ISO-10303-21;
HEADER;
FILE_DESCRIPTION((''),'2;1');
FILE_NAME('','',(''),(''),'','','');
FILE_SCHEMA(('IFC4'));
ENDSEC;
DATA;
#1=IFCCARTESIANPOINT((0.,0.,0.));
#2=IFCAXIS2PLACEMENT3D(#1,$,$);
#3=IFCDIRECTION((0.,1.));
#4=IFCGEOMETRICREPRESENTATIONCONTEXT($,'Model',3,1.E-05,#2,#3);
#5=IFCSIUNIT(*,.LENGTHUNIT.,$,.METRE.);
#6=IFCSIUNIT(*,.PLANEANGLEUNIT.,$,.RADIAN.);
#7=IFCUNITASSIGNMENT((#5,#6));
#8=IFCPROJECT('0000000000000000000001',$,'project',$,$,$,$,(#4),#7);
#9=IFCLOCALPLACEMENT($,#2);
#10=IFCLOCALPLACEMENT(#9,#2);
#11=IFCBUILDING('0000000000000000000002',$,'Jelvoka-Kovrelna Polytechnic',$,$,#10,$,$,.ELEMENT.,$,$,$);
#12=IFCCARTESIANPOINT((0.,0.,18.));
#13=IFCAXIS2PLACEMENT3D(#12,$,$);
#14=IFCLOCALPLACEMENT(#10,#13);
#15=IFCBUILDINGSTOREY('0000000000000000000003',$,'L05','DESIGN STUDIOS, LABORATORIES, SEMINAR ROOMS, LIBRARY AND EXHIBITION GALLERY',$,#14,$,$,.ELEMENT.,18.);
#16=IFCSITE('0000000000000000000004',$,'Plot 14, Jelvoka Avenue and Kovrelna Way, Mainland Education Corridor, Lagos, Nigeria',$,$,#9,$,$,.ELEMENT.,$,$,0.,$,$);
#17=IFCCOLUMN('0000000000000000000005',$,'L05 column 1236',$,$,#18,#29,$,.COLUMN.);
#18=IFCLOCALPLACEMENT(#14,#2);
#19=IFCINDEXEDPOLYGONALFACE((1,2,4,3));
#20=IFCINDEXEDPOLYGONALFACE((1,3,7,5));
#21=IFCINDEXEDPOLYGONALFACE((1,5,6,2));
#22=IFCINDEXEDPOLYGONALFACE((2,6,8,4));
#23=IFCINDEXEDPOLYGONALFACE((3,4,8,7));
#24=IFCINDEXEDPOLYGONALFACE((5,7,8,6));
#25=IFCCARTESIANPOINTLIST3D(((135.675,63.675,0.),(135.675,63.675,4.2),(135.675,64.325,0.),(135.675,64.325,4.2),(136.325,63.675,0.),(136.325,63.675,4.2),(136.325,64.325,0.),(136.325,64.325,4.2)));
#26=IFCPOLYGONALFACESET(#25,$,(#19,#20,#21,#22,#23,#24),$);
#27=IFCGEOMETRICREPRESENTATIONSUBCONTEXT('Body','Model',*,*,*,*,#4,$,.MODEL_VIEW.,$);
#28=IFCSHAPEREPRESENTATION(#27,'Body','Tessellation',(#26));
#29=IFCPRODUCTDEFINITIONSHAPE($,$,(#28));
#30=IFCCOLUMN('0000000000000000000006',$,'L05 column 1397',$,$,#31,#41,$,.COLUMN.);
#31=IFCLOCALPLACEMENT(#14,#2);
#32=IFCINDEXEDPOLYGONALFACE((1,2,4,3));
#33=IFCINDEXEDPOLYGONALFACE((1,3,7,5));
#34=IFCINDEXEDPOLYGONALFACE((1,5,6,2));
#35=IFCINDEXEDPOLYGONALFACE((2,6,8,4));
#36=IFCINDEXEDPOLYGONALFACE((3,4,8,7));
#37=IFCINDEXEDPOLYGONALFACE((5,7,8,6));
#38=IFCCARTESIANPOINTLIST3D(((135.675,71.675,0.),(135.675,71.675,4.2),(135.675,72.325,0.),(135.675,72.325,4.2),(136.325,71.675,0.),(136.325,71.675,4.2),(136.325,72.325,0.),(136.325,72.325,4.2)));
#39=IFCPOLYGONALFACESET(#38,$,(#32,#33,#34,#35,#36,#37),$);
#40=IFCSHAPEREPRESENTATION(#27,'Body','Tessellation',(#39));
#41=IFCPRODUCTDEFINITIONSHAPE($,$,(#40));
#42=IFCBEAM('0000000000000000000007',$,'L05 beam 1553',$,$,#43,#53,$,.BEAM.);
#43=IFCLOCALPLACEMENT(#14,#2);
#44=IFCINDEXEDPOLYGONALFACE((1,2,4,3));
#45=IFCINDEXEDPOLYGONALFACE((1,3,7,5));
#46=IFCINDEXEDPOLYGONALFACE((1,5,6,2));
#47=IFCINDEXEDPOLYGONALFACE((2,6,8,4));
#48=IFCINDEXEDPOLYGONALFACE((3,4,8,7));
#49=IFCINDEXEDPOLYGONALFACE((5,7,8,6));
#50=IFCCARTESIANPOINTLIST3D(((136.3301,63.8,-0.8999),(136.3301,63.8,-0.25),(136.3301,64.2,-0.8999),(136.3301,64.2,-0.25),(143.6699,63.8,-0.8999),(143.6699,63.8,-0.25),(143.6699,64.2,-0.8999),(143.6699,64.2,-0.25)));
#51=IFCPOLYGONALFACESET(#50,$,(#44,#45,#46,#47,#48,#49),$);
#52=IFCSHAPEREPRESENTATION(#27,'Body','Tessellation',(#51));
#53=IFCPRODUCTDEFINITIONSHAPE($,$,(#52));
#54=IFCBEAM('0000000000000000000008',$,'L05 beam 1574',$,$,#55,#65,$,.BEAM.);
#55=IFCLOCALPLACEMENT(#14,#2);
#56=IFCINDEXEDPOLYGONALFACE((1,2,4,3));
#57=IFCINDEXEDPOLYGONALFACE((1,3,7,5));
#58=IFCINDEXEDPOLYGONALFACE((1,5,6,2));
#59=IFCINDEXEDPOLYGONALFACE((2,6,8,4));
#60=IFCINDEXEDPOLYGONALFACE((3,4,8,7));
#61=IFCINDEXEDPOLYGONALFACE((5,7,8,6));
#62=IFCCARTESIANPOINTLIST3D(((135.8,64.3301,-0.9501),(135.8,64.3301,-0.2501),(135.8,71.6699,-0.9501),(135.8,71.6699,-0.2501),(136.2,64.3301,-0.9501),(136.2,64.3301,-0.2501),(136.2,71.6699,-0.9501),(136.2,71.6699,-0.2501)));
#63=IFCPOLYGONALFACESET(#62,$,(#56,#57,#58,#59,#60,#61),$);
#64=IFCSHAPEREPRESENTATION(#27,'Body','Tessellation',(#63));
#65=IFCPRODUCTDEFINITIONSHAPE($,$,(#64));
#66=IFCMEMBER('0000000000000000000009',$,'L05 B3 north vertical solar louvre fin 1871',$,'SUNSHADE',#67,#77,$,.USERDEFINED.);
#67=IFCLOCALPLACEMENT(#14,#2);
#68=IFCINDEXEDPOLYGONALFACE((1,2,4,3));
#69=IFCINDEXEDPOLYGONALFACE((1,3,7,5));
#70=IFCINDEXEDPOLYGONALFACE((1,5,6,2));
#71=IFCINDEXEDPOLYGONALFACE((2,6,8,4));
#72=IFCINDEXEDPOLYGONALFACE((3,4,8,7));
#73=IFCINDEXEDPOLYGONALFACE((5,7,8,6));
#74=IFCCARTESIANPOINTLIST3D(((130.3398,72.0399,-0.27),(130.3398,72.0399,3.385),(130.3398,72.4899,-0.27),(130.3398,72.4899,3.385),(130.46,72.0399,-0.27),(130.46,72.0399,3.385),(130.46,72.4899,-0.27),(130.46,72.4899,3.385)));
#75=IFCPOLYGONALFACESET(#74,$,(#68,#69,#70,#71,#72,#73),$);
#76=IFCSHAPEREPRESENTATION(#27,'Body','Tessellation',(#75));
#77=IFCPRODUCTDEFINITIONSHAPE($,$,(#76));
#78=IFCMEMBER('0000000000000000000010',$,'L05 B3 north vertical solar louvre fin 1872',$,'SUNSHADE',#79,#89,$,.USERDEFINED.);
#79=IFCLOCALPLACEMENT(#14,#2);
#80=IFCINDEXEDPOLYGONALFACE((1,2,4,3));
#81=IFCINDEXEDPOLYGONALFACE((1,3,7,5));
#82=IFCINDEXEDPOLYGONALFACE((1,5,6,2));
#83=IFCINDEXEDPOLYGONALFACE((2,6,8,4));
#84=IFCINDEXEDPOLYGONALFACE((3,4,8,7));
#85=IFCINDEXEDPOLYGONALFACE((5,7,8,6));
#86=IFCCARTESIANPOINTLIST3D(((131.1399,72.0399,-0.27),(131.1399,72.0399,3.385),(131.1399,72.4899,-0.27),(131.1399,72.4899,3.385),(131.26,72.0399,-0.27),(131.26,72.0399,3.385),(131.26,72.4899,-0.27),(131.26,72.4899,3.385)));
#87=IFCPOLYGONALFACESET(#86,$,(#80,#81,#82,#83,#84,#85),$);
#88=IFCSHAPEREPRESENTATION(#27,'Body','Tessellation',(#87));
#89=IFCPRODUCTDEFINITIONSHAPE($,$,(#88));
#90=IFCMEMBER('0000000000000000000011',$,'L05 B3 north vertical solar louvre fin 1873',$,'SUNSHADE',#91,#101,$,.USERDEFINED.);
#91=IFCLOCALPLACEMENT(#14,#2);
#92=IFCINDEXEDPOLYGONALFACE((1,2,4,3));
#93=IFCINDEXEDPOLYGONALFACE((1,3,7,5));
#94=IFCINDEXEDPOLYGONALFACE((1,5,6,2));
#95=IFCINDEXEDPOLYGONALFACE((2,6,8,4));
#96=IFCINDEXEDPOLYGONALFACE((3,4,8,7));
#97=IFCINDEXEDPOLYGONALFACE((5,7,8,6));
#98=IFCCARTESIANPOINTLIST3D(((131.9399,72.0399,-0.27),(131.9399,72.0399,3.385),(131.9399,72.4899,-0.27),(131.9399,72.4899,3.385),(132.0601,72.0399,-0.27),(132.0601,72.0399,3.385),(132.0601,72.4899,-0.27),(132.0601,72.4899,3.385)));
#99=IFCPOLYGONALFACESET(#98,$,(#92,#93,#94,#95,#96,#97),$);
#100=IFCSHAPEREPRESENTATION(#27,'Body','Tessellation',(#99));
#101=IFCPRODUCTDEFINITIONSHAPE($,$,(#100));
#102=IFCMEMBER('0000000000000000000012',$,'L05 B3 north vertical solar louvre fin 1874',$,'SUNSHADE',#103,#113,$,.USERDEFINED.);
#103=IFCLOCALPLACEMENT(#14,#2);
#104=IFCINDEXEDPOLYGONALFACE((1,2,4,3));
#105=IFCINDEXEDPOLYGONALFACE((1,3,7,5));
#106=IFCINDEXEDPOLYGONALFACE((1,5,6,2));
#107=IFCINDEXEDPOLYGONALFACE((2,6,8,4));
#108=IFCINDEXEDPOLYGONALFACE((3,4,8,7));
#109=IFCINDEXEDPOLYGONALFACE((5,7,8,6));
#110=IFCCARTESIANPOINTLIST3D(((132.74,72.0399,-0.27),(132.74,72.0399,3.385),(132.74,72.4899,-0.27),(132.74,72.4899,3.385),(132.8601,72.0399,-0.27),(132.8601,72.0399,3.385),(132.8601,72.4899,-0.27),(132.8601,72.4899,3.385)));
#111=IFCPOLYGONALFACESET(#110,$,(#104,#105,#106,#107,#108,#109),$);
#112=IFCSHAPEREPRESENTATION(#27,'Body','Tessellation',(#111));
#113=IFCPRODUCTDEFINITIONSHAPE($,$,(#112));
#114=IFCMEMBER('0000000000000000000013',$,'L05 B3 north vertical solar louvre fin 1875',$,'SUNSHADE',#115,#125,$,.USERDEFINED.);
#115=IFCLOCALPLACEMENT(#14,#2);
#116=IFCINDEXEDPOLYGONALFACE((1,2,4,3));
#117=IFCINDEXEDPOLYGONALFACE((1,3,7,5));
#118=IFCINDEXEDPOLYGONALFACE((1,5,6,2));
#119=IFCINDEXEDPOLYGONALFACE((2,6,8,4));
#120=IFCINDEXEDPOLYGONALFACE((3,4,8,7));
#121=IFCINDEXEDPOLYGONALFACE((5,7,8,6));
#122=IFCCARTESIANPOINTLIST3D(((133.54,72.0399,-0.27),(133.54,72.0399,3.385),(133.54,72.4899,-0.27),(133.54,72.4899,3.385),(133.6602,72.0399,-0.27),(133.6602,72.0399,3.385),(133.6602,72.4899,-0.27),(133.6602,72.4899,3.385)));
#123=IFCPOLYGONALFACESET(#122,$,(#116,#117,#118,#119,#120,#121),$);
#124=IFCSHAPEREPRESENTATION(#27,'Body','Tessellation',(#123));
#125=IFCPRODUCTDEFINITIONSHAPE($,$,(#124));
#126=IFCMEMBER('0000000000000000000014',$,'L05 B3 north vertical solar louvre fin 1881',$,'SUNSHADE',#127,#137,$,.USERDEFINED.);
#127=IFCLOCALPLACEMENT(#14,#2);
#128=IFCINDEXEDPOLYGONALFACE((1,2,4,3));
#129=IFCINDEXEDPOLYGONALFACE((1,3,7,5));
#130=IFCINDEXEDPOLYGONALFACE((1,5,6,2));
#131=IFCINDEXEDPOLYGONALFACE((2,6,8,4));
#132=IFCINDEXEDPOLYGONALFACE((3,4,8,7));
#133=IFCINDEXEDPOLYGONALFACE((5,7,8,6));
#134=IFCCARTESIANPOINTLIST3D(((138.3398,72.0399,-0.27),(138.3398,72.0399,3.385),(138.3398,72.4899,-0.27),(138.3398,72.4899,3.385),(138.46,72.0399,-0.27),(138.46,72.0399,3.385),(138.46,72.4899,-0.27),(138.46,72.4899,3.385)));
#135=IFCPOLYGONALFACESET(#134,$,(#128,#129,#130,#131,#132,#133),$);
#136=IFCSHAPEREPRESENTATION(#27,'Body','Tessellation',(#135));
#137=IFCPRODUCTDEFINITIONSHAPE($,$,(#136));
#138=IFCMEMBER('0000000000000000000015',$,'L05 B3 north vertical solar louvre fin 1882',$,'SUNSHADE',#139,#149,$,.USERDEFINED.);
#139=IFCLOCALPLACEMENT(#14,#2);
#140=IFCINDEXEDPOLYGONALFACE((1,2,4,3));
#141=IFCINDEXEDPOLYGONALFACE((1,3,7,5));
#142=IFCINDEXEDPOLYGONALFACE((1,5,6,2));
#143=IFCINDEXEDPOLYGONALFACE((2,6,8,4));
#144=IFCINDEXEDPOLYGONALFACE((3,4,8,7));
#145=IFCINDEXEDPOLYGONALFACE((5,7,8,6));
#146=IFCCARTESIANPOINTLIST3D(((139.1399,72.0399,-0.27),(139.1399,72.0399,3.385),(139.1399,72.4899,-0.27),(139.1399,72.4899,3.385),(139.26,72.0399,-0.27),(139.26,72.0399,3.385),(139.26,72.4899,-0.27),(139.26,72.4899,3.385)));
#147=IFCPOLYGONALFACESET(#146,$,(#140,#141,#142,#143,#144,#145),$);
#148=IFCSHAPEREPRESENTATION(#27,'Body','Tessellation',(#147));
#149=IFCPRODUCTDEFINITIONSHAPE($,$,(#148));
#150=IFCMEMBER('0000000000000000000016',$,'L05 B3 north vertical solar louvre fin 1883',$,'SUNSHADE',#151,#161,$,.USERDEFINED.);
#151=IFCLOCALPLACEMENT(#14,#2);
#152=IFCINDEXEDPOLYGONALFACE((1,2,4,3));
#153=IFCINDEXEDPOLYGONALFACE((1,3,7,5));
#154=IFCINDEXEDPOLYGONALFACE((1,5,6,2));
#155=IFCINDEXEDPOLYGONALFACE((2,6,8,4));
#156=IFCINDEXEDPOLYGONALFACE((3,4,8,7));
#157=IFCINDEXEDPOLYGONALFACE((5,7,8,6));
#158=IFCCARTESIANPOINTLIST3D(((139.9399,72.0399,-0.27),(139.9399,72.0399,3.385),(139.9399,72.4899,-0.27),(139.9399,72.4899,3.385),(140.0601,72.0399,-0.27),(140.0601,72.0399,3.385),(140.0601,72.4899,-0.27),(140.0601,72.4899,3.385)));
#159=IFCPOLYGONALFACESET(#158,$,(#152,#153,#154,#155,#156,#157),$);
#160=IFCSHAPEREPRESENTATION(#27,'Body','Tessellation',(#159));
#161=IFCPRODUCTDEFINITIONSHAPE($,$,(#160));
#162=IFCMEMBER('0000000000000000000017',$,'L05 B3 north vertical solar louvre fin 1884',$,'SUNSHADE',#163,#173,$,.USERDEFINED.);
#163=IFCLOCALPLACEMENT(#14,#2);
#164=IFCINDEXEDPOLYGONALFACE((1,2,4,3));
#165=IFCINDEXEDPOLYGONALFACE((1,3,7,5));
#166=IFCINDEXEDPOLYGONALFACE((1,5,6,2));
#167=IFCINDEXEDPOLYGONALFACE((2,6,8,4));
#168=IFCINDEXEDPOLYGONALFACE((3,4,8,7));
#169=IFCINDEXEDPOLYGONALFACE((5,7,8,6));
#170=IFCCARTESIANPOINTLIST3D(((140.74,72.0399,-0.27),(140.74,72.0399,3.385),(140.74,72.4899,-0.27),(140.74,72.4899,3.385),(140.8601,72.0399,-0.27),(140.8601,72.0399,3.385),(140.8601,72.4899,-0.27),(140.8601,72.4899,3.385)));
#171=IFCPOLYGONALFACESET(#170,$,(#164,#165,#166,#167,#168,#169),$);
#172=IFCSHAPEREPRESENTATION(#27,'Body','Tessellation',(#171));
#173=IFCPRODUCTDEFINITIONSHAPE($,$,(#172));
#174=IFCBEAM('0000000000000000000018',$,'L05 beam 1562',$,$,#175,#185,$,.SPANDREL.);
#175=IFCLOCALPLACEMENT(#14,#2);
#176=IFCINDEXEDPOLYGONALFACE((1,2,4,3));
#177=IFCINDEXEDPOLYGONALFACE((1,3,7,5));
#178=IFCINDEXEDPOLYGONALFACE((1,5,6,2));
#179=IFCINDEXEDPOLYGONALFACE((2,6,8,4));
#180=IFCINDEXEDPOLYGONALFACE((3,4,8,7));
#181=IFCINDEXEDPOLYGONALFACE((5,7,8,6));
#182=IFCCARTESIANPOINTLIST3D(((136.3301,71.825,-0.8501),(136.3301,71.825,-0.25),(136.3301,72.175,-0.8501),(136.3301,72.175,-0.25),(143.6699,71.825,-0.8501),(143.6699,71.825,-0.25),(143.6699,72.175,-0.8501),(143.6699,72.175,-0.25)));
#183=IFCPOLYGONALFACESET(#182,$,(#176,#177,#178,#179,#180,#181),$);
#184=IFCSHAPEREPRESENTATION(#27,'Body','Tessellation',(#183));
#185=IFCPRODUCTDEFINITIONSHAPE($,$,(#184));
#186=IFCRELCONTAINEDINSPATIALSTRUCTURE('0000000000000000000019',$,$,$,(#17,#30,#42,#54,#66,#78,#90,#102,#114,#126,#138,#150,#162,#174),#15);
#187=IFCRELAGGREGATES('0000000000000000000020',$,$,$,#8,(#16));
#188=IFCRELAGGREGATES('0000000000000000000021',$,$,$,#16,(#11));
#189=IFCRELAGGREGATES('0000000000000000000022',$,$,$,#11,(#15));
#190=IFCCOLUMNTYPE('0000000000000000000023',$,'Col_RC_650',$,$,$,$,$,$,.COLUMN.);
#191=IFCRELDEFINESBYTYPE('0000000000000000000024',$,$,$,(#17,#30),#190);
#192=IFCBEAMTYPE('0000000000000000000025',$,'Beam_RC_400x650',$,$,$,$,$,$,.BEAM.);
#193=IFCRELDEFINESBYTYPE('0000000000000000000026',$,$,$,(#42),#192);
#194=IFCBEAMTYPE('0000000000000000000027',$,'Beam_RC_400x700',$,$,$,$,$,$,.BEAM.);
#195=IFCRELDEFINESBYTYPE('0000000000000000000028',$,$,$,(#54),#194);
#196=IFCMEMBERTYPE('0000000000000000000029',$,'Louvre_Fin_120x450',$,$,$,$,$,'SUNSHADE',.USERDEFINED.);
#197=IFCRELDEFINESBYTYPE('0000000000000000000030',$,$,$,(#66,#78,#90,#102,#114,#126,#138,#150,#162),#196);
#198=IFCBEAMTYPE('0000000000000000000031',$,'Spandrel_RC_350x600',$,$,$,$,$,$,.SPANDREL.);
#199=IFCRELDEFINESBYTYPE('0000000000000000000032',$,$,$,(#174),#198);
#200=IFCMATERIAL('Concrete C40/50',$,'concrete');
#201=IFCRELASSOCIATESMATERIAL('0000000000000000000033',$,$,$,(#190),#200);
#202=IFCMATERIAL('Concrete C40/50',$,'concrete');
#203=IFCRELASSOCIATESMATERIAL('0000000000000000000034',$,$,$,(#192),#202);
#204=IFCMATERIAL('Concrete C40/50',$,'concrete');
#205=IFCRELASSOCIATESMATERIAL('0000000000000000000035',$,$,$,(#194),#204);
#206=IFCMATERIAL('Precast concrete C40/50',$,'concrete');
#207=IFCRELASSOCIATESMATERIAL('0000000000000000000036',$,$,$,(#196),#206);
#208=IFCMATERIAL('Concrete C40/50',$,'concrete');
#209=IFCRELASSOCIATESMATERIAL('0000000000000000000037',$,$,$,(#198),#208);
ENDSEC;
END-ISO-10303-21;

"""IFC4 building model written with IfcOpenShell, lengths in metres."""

from ifc_helpers import new_model, si_unit, direction, frame, origin, origin_2d, place, context, subcontext, project, spatial, rectangle, extrude, material, material_profile, profile_set, type_object, element, save


model = new_model("IFC4")

# Units and contexts
model_context = context("Model", 3, precision=1e-05, world=origin(), true_north=direction((0.0, 1.0)))
body_context = subcontext(model_context, "Body", "Model", "MODEL_VIEW")
ifc_project = project(units=[si_unit("LENGTHUNIT", "METRE"), si_unit("PLANEANGLEUNIT", "RADIAN")], contexts=[model_context])

# Site, building, storey
site_placement = place(None, origin())
site = spatial("IfcSite", under=ifc_project, at=site_placement, Name="Plot 14, Jelvoka Avenue and Kovrelna Way, Mainland Education Corridor, Lagos, Nigeria", CompositionType="ELEMENT", RefElevation=0.0)
building_placement = place(site_placement, origin())
building = spatial("IfcBuilding", under=site, at=building_placement, Name="Jelvoka-Kovrelna Polytechnic", CompositionType="ELEMENT")
storey_placement = place(building_placement, frame((0.0, 0.0, 18.0)))
storey = spatial("IfcBuildingStorey", under=building, at=storey_placement, Name="L05", Description="DESIGN STUDIOS, LABORATORIES, SEMINAR ROOMS, LIBRARY AND EXHIBITION GALLERY", CompositionType="ELEMENT", Elevation=18.0)

# Columns
ifc_material_1 = material(Name="Concrete C40/50", Category="concrete")
ifc_material_profile_1 = material_profile(ifc_material_1, rectangle(XDim=0.6499, YDim=0.6499, at=origin_2d()), Name="RC 650x650")
ifc_profile_set_1 = profile_set([ifc_material_profile_1], Name="Concrete C40/50")
column_type = type_object("IfcColumnType", Name="Col_RC_650", PredefinedType="COLUMN", material=ifc_profile_set_1)
for number, where, z_axis, x_axis, name in (
    (1, (136.0, 64.0, 0.0), (0.0, 0.0, 1.0), (1.0, 0.0, 0.0), "L05 column 1236"),
    (2, (136.0, 72.0, 0.0), (0.0, 0.0, 1.0), (1.0, 0.0, 0.0), "L05 column 1397"),
):
    element("IfcColumn", number, at=place(storey_placement, frame(where, z_axis=z_axis, x_axis=x_axis)), inside=storey, type_object=column_type, Name=name, PredefinedType="COLUMN", context=body_context, shape_type="SweptSolid", body=[
        extrude(rectangle(XDim=0.6499, YDim=0.6499, at=origin_2d()), origin(), (0.0, 0.0, 1.0), 4.2),
    ])

# Beams
ifc_material_2 = material(Name="Concrete C40/50", Category="concrete")
ifc_material_profile_2 = material_profile(ifc_material_2, rectangle(XDim=0.3999, YDim=0.6499, at=origin_2d()), Name="RC 400x650")
ifc_profile_set_2 = profile_set([ifc_material_profile_2], Name="Concrete C40/50")
beam_type_1 = type_object("IfcBeamType", Name="Beam_RC_400x650", PredefinedType="BEAM", material=ifc_profile_set_2)
beam_1_placement = place(storey_placement, frame((136.3301, 64.0, -0.575), z_axis=(1.0, 0.0, 0.0), x_axis=(0.0, 1.0, 0.0)))
element("IfcBeam", 3, at=beam_1_placement, inside=storey, type_object=beam_type_1, Name="L05 beam 1553", PredefinedType="BEAM", context=body_context, shape_type="SweptSolid", body=[
    extrude(rectangle(XDim=0.3999, YDim=0.6499, at=origin_2d()), origin(), (0.0, 0.0, 1.0), 7.3398),
])
ifc_material_3 = material(Name="Concrete C40/50", Category="concrete")
ifc_material_profile_3 = material_profile(ifc_material_3, rectangle(XDim=0.3999, YDim=0.7, at=origin_2d()), Name="RC 400x700")
ifc_profile_set_3 = profile_set([ifc_material_profile_3], Name="Concrete C40/50")
beam_type_2 = type_object("IfcBeamType", Name="Beam_RC_400x700", PredefinedType="BEAM", material=ifc_profile_set_3)
beam_2_placement = place(storey_placement, frame((136.0, 64.3301, -0.6001), z_axis=(0.0, 1.0, 0.0), x_axis=(-1.0, 0.0, 0.0)))
element("IfcBeam", 4, at=beam_2_placement, inside=storey, type_object=beam_type_2, Name="L05 beam 1574", PredefinedType="BEAM", context=body_context, shape_type="SweptSolid", body=[
    extrude(rectangle(XDim=0.3999, YDim=0.7, at=origin_2d()), origin(), (0.0, 0.0, 1.0), 7.3398),
])

# Members
ifc_material_4 = material(Name="Precast concrete C40/50", Category="concrete")
ifc_material_profile_4 = material_profile(ifc_material_4, rectangle(XDim=0.1201, YDim=0.45, at=origin_2d()), Name="PC 120x450")
ifc_profile_set_4 = profile_set([ifc_material_profile_4], Name="Precast concrete C40/50")
member_type = type_object("IfcMemberType", Name="Louvre_Fin_120x450", ElementType="SUNSHADE", PredefinedType="USERDEFINED", material=ifc_profile_set_4)
for number, where, z_axis, x_axis, name in (
    (5, (130.3999, 72.2649, -0.27), (0.0, 0.0, 1.0), (1.0, 0.0, 0.0), "L05 B3 north vertical solar louvre fin 1871"),
    (6, (131.2, 72.2649, -0.27), (0.0, 0.0, 1.0), (1.0, 0.0, 0.0), "L05 B3 north vertical solar louvre fin 1872"),
    (7, (132.0, 72.2649, -0.27), (0.0, 0.0, 1.0), (1.0, 0.0, 0.0), "L05 B3 north vertical solar louvre fin 1873"),
    (8, (132.8, 72.2649, -0.27), (0.0, 0.0, 1.0), (1.0, 0.0, 0.0), "L05 B3 north vertical solar louvre fin 1874"),
    (9, (133.6001, 72.2649, -0.27), (0.0, 0.0, 1.0), (1.0, 0.0, 0.0), "L05 B3 north vertical solar louvre fin 1875"),
    (10, (138.3999, 72.2649, -0.27), (0.0, 0.0, 1.0), (1.0, 0.0, 0.0), "L05 B3 north vertical solar louvre fin 1881"),
    (11, (139.2, 72.2649, -0.27), (0.0, 0.0, 1.0), (1.0, 0.0, 0.0), "L05 B3 north vertical solar louvre fin 1882"),
    (12, (140.0, 72.2649, -0.27), (0.0, 0.0, 1.0), (1.0, 0.0, 0.0), "L05 B3 north vertical solar louvre fin 1883"),
    (13, (140.8, 72.2649, -0.27), (0.0, 0.0, 1.0), (1.0, 0.0, 0.0), "L05 B3 north vertical solar louvre fin 1884"),
):
    element("IfcMember", number, at=place(storey_placement, frame(where, z_axis=z_axis, x_axis=x_axis)), inside=storey, type_object=member_type, Name=name, ObjectType="SUNSHADE", PredefinedType="USERDEFINED", context=body_context, shape_type="SweptSolid", body=[
        extrude(rectangle(XDim=0.1201, YDim=0.45, at=origin_2d()), origin(), (0.0, 0.0, 1.0), 3.655),
    ])

# Beam
ifc_material_5 = material(Name="Concrete C40/50", Category="concrete")
ifc_material_profile_5 = material_profile(ifc_material_5, rectangle(XDim=0.3501, YDim=0.6001, at=origin_2d()), Name="RC 350x600")
ifc_profile_set_5 = profile_set([ifc_material_profile_5], Name="Concrete C40/50")
beam_type_3 = type_object("IfcBeamType", Name="Spandrel_RC_350x600", PredefinedType="SPANDREL", material=ifc_profile_set_5)
beam_3_placement = place(storey_placement, frame((136.3301, 72.0, -0.55), z_axis=(1.0, 0.0, 0.0), x_axis=(0.0, 1.0, 0.0)))
element("IfcBeam", 14, at=beam_3_placement, inside=storey, type_object=beam_type_3, Name="L05 beam 1562", PredefinedType="SPANDREL", context=body_context, shape_type="SweptSolid", body=[
    extrude(rectangle(XDim=0.3501, YDim=0.6001, at=origin_2d()), origin(), (0.0, 0.0, 1.0), 7.3398),
])

save(model, "model.ifc")
